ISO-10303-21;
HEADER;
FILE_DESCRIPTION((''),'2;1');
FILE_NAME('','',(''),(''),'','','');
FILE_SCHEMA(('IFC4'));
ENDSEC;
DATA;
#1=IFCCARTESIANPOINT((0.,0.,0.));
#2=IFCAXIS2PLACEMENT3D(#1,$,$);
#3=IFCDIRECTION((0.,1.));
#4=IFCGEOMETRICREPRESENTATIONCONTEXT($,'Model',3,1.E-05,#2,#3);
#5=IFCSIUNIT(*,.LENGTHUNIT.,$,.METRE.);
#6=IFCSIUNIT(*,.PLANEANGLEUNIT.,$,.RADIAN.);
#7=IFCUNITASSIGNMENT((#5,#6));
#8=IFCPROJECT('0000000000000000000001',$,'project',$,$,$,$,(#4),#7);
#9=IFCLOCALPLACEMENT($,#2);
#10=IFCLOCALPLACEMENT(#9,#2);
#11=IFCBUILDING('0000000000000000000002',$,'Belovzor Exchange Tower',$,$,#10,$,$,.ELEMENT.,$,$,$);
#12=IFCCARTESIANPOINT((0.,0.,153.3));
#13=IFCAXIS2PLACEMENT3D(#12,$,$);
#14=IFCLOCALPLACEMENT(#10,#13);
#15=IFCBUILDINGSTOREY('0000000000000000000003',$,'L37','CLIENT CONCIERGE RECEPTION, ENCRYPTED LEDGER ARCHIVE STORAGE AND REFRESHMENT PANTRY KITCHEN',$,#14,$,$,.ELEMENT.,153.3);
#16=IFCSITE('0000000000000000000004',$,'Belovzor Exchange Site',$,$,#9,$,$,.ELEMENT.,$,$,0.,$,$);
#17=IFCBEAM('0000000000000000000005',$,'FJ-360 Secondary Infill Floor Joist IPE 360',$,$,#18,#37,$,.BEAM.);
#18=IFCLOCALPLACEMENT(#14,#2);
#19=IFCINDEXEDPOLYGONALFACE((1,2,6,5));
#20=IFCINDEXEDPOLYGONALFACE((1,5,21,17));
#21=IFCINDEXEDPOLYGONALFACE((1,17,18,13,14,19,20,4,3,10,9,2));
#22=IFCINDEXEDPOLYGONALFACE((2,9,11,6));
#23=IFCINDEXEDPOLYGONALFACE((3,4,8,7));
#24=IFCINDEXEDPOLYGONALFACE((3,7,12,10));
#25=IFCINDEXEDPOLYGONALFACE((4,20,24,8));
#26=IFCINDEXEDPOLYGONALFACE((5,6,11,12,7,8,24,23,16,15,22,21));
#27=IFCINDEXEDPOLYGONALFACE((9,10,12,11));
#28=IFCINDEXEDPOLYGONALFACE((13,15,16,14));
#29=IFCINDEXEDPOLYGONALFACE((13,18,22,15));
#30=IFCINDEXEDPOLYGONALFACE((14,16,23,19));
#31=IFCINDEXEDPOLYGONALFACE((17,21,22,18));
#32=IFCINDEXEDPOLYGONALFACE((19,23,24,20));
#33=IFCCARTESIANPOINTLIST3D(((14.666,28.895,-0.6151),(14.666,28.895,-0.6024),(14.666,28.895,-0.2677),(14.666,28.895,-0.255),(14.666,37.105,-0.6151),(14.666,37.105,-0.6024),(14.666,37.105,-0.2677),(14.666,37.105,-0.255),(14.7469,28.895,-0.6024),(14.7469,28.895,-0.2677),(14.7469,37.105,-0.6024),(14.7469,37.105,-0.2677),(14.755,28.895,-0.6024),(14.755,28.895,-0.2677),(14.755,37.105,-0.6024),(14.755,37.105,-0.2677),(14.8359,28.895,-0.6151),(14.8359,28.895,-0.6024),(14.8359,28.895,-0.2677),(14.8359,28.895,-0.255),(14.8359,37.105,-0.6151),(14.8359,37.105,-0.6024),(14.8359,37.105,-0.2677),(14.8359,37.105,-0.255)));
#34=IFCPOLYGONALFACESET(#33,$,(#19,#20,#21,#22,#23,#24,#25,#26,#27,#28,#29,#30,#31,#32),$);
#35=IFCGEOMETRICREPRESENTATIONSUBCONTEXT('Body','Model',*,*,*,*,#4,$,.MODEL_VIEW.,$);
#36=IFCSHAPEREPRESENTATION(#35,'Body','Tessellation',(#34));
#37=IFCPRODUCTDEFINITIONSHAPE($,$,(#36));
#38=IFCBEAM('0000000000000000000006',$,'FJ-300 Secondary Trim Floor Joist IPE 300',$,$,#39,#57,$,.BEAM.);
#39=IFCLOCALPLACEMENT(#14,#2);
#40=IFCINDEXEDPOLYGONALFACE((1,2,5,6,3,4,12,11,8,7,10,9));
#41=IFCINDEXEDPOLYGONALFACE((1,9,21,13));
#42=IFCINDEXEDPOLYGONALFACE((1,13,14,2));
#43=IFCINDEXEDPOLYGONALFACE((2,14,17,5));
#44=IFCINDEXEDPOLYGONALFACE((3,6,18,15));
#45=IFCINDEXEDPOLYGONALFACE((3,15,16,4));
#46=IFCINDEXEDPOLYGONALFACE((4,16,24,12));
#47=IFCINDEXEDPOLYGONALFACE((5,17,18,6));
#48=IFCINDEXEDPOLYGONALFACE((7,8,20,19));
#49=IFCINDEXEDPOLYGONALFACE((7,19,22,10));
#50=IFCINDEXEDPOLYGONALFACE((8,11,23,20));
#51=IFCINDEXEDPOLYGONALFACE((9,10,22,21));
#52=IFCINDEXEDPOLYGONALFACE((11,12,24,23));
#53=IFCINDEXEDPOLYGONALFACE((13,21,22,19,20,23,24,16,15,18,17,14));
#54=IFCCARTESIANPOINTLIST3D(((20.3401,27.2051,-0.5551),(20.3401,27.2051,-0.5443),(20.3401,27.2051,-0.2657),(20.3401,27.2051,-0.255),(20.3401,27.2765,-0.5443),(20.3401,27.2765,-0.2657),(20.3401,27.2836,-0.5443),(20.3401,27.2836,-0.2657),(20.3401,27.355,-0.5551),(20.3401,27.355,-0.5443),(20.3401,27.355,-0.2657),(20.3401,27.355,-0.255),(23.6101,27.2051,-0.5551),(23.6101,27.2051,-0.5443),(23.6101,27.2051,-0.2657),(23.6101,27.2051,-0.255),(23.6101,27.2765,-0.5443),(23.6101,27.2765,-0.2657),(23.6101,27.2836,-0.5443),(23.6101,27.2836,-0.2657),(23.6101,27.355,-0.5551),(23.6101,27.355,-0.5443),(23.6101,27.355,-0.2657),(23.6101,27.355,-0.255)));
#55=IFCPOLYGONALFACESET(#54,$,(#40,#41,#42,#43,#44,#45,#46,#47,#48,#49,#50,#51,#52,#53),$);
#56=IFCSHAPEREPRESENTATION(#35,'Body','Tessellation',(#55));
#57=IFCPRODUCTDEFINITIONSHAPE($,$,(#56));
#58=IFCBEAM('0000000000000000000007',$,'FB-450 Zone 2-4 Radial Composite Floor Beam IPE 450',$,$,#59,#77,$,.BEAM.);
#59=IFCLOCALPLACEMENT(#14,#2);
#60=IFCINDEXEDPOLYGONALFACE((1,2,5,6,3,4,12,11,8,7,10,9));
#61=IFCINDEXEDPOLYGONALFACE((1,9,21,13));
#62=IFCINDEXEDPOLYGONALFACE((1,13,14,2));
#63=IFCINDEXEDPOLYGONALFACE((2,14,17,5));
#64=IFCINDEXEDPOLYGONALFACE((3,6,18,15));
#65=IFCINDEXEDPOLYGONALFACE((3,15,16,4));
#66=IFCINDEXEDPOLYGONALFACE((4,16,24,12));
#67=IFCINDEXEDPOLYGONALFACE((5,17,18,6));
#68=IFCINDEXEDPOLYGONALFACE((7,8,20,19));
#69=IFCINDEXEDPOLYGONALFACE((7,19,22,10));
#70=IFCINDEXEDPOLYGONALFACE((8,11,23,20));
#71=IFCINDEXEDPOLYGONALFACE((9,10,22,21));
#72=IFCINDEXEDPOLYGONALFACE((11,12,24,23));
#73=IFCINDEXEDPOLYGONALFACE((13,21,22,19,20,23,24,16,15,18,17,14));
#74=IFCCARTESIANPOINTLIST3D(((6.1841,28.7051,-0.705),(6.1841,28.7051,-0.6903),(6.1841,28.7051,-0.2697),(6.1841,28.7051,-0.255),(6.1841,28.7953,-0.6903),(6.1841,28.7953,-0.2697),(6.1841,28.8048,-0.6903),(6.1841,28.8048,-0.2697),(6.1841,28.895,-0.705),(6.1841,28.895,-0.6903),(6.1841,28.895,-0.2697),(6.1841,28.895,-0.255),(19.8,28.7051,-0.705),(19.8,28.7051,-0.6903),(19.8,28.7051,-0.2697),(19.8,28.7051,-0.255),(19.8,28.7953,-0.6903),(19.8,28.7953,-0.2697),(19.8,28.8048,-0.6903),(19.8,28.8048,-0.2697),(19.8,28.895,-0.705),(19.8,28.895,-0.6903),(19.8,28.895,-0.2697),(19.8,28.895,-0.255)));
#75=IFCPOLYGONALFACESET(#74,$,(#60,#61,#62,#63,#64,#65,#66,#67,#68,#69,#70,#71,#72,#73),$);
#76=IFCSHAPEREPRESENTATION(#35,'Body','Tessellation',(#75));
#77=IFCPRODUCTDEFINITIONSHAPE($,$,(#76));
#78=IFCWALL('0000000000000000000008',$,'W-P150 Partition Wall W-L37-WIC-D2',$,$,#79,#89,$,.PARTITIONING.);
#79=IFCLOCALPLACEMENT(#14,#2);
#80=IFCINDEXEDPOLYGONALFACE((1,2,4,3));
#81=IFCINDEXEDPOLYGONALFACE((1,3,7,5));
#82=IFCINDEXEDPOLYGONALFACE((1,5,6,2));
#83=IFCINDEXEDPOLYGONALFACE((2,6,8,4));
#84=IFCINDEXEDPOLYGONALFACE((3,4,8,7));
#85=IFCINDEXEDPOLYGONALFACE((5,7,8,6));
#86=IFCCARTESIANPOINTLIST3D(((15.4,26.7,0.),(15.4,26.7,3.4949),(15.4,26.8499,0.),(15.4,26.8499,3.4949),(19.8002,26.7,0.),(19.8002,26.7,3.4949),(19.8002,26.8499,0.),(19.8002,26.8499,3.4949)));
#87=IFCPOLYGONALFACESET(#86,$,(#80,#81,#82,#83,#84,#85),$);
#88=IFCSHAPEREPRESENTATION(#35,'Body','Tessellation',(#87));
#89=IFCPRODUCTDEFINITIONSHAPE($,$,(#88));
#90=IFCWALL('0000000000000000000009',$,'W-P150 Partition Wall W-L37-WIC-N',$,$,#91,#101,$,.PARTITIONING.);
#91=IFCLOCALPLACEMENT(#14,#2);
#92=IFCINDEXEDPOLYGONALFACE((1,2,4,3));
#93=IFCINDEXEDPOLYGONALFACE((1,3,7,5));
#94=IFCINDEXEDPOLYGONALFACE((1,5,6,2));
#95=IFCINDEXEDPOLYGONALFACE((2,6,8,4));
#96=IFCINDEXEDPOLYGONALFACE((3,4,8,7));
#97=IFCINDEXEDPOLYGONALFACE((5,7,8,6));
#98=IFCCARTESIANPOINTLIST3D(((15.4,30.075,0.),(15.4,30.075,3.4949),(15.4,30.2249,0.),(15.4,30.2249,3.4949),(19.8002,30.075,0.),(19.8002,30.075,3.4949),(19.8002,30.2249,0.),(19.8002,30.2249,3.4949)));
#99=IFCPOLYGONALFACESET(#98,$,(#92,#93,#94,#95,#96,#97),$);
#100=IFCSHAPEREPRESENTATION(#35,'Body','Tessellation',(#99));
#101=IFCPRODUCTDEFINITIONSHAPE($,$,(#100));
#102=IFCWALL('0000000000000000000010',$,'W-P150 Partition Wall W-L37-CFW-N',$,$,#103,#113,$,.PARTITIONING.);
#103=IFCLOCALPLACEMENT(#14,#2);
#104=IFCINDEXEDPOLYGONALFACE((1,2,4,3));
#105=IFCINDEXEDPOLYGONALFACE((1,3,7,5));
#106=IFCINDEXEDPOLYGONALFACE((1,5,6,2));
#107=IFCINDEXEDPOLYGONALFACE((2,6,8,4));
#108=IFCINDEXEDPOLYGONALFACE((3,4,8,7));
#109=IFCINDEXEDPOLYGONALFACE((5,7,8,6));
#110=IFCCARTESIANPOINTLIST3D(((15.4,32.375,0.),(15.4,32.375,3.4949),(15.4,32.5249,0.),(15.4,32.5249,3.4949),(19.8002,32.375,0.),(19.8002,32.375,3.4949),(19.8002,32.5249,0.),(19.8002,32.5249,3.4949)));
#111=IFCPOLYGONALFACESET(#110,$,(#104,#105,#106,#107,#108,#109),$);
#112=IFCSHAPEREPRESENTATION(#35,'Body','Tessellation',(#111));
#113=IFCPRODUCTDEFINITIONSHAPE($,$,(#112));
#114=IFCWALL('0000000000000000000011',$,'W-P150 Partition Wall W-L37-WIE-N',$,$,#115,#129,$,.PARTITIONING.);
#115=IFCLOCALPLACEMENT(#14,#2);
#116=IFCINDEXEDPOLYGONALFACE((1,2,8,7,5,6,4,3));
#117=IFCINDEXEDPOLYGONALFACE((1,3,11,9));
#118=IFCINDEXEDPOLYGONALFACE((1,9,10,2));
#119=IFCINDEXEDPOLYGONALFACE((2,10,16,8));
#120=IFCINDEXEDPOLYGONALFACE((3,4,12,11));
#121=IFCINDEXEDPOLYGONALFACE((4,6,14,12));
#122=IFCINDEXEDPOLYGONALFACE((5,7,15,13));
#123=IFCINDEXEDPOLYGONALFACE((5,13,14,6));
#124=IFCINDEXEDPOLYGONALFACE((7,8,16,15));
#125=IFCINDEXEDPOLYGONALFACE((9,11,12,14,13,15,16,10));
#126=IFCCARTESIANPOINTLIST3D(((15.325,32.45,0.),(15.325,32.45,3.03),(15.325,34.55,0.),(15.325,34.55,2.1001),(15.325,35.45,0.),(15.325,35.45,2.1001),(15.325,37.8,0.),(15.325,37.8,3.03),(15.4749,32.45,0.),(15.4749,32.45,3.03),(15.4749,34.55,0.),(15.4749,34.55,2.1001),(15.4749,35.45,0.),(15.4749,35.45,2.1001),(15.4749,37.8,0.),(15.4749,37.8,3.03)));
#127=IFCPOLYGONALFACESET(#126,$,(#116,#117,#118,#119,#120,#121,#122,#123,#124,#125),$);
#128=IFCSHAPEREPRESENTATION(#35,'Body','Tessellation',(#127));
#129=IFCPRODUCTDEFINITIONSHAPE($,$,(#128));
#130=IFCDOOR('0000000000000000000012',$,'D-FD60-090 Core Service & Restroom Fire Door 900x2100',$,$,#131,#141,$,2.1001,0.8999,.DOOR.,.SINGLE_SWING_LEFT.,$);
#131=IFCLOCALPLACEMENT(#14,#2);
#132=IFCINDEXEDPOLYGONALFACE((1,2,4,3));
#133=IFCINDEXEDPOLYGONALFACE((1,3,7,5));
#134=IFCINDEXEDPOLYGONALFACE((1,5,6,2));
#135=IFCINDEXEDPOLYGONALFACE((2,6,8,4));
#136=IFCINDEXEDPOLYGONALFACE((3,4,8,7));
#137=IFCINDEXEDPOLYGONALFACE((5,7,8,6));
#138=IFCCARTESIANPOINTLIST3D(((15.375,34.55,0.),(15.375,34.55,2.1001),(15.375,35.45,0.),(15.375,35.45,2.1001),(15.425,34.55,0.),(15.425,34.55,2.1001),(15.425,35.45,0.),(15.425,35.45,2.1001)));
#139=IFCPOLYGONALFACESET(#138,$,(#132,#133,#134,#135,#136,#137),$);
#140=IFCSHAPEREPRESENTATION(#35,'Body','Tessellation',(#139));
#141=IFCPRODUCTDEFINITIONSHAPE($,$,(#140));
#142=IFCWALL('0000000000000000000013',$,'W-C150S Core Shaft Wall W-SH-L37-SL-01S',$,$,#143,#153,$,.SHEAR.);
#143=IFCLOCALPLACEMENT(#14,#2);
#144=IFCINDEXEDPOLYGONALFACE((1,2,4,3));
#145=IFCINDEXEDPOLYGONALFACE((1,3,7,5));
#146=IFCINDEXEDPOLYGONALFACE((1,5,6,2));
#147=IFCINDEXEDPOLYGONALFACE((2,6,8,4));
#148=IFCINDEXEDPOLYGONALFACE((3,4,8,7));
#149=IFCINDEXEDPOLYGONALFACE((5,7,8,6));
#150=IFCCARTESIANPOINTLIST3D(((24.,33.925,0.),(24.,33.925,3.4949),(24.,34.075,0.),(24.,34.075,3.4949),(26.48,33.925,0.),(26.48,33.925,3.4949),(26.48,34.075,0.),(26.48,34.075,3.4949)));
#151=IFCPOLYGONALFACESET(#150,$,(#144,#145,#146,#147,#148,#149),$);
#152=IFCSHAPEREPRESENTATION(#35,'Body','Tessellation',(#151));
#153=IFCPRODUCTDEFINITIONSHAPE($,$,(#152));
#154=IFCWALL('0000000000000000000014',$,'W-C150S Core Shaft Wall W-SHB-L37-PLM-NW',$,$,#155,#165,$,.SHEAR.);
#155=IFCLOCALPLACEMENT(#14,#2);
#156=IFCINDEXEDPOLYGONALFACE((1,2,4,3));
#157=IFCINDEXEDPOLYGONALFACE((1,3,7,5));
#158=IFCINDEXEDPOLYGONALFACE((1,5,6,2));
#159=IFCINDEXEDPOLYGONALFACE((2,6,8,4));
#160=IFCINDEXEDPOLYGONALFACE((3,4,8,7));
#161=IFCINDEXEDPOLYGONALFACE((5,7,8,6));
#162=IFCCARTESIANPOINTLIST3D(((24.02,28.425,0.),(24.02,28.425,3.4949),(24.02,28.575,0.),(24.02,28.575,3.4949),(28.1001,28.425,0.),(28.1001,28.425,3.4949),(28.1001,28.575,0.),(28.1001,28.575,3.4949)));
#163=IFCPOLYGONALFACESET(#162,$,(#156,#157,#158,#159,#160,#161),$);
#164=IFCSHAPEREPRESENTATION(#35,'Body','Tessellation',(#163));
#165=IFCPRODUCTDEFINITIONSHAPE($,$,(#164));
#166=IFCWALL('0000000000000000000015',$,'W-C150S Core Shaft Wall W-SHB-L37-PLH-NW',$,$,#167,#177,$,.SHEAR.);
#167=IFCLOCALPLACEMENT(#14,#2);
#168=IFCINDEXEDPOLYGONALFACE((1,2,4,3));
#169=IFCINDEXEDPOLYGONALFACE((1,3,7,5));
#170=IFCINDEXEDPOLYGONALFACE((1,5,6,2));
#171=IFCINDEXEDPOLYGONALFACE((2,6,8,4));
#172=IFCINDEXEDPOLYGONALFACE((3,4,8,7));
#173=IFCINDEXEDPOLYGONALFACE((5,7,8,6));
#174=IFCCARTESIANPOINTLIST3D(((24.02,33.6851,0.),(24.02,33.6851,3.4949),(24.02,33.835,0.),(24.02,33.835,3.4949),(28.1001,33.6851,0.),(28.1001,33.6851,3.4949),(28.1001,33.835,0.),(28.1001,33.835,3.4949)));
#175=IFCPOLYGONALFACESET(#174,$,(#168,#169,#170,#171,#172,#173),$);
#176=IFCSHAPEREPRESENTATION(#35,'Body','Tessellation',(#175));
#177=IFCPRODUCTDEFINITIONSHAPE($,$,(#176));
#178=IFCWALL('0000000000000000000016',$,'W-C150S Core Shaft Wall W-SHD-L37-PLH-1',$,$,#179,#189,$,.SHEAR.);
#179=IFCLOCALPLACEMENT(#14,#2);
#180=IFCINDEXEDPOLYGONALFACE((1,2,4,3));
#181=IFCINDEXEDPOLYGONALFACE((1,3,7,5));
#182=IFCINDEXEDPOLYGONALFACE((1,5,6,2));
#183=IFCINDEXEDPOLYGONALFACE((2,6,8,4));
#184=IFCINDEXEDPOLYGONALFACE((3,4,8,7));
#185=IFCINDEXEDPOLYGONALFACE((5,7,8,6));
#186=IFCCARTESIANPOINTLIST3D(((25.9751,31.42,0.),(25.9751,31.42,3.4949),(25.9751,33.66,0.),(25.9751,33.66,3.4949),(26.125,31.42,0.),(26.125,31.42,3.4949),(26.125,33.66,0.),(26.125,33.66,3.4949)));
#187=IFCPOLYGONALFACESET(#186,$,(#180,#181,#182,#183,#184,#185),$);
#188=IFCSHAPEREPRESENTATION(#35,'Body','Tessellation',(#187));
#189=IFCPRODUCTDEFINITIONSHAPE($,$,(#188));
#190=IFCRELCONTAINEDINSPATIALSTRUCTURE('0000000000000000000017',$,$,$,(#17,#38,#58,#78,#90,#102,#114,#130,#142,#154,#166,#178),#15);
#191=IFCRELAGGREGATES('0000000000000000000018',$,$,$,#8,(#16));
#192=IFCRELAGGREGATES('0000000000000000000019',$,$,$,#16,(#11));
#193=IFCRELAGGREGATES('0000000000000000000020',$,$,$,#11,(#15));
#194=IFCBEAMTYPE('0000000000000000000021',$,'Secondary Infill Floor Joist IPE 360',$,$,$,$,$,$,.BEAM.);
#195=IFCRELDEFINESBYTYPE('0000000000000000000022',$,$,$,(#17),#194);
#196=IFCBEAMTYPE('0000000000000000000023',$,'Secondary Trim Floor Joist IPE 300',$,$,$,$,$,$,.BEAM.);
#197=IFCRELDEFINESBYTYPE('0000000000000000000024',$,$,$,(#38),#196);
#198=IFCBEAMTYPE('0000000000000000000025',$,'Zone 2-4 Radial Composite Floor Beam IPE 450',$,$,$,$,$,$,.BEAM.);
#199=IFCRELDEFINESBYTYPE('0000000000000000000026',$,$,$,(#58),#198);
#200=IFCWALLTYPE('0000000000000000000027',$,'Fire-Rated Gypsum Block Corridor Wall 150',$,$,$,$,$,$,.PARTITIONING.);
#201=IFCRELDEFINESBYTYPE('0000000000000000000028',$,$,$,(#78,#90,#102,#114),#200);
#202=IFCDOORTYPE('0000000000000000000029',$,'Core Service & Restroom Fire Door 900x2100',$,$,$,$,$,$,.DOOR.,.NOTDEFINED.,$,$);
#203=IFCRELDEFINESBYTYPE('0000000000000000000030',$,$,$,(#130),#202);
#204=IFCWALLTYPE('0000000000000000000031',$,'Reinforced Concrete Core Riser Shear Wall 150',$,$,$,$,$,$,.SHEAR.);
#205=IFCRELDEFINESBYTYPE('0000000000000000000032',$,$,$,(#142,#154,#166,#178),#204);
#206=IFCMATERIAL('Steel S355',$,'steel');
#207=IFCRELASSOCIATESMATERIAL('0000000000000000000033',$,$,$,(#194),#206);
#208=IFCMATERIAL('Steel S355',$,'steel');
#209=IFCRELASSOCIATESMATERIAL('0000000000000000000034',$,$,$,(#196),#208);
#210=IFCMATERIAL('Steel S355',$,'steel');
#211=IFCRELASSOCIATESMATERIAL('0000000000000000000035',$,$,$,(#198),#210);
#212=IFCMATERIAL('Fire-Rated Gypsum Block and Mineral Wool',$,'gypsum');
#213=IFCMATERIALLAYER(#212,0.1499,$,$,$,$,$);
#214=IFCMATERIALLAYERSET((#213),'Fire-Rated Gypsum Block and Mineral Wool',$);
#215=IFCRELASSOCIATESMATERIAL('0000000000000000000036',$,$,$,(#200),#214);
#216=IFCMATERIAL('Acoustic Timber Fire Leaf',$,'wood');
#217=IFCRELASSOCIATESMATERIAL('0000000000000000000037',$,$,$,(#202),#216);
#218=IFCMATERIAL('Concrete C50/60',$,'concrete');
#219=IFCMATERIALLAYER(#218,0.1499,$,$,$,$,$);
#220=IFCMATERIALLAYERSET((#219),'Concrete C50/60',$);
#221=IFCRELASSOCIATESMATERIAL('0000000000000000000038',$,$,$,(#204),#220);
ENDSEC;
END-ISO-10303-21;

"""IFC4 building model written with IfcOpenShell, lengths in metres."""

from ifc_helpers import new_model, si_unit, direction, frame, frame_2d, origin, origin_2d, place, context, subcontext, project, spatial, rectangle, i_section, extrude, material, layer, layer_set, material_profile, profile_set, type_object, element, fill, save


model = new_model("IFC4")

# Units and contexts
model_context = context("Model", 3, precision=1e-05, world=origin(), true_north=direction((0.0, 1.0)))
body_context = subcontext(model_context, "Body", "Model", "MODEL_VIEW")
ifc_project = project(units=[si_unit("LENGTHUNIT", "METRE"), si_unit("PLANEANGLEUNIT", "RADIAN")], contexts=[model_context])

# Site, building, storey
site_placement = place(None, origin())
site = spatial("IfcSite", under=ifc_project, at=site_placement, Name="Belovzor Exchange Site", CompositionType="ELEMENT", RefElevation=0.0)
building_placement = place(site_placement, origin())
building = spatial("IfcBuilding", under=site, at=building_placement, Name="Belovzor Exchange Tower", CompositionType="ELEMENT")
storey_placement = place(building_placement, frame((0.0, 0.0, 153.3)))
storey = spatial("IfcBuildingStorey", under=building, at=storey_placement, Name="L37", Description="CLIENT CONCIERGE RECEPTION, ENCRYPTED LEDGER ARCHIVE STORAGE AND REFRESHMENT PANTRY KITCHEN", CompositionType="ELEMENT", Elevation=153.3)

# Beams
ifc_material_1 = material(Name="Steel S355", Category="steel")
ifc_material_profile_1 = material_profile(ifc_material_1, i_section(OverallWidth=0.1699, OverallDepth=0.3601, WebThickness=0.0081, FlangeThickness=0.0127, at=origin_2d()))
ifc_profile_set_1 = profile_set([ifc_material_profile_1], Name="Steel S355")
beam_type_1 = type_object("IfcBeamType", Name="Secondary Infill Floor Joist IPE 360", PredefinedType="BEAM", material=ifc_profile_set_1)
beam_1_placement = place(storey_placement, frame((14.751, 28.895, -0.4351), z_axis=(0.0, 1.0, 0.0), x_axis=(-1.0, 0.0, 0.0)))
element("IfcBeam", 1, at=beam_1_placement, inside=storey, type_object=beam_type_1, Name="FJ-360 Secondary Infill Floor Joist IPE 360", PredefinedType="BEAM", context=body_context, shape_type="SweptSolid", body=[
    extrude(i_section(OverallWidth=0.1699, OverallDepth=0.3601, WebThickness=0.0081, FlangeThickness=0.0127, at=origin_2d()), origin(), (0.0, 0.0, 1.0), 8.21),
])
ifc_material_2 = material(Name="Steel S355", Category="steel")
ifc_material_profile_2 = material_profile(ifc_material_2, i_section(OverallWidth=0.1499, OverallDepth=0.3, WebThickness=0.0071, FlangeThickness=0.0107, at=origin_2d()))
ifc_profile_set_2 = profile_set([ifc_material_profile_2], Name="Steel S355")
beam_type_2 = type_object("IfcBeamType", Name="Secondary Trim Floor Joist IPE 300", PredefinedType="BEAM", material=ifc_profile_set_2)
beam_2_placement = place(storey_placement, frame((20.3401, 27.28, -0.405), z_axis=(1.0, 0.0, 0.0), x_axis=(0.0, 1.0, 0.0)))
element("IfcBeam", 2, at=beam_2_placement, inside=storey, type_object=beam_type_2, Name="FJ-300 Secondary Trim Floor Joist IPE 300", PredefinedType="BEAM", context=body_context, shape_type="SweptSolid", body=[
    extrude(i_section(OverallWidth=0.1499, OverallDepth=0.3, WebThickness=0.0071, FlangeThickness=0.0107, at=origin_2d()), origin(), (0.0, 0.0, 1.0), 3.27),
])
ifc_material_3 = material(Name="Steel S355", Category="steel")
ifc_material_profile_3 = material_profile(ifc_material_3, i_section(OverallWidth=0.1899, OverallDepth=0.45, WebThickness=0.0095, FlangeThickness=0.0146, at=origin_2d()))
ifc_profile_set_3 = profile_set([ifc_material_profile_3], Name="Steel S355")
beam_type_3 = type_object("IfcBeamType", Name="Zone 2-4 Radial Composite Floor Beam IPE 450", PredefinedType="BEAM", material=ifc_profile_set_3)
beam_3_placement = place(storey_placement, frame((19.8, 28.8, -0.48), z_axis=(-1.0, 0.0, 0.0), x_axis=(0.0, -1.0, 0.0)))
element("IfcBeam", 3, at=beam_3_placement, inside=storey, type_object=beam_type_3, Name="FB-450 Zone 2-4 Radial Composite Floor Beam IPE 450", PredefinedType="BEAM", context=body_context, shape_type="SweptSolid", body=[
    extrude(i_section(OverallWidth=0.1899, OverallDepth=0.45, WebThickness=0.0095, FlangeThickness=0.0146, at=origin_2d()), origin(), (0.0, 0.0, 1.0), 13.616),
])

# Walls
ifc_material_4 = material(Name="Fire-Rated Gypsum Block and Mineral Wool", Category="gypsum")
ifc_layer_1 = layer(ifc_material_4, 0.1499)
ifc_layer_set_1 = layer_set([ifc_layer_1], Name="Fire-Rated Gypsum Block and Mineral Wool")
wall_type_1 = type_object("IfcWallType", Name="Fire-Rated Gypsum Block Corridor Wall 150", PredefinedType="PARTITIONING", material=ifc_layer_set_1)
for number, where, z_axis, x_axis, name in (
    (4, (15.3999, 26.7749, 0.0), (0.0, 0.0, 1.0), (1.0, 0.0, 0.0), "W-P150 Partition Wall W-L37-WIC-D2"),
    (5, (15.3999, 30.1499, 0.0), (0.0, 0.0, 1.0), (1.0, 0.0, 0.0), "W-P150 Partition Wall W-L37-WIC-N"),
    (6, (15.3999, 32.45, 0.0), (0.0, 0.0, 1.0), (1.0, 0.0, 0.0), "W-P150 Partition Wall W-L37-CFW-N"),
):
    element("IfcWall", number, at=place(storey_placement, frame(where, z_axis=z_axis, x_axis=x_axis)), inside=storey, type_object=wall_type_1, Name=name, PredefinedType="PARTITIONING", context=body_context, shape_type="SweptSolid", body=[
        extrude(rectangle(XDim=4.4001, YDim=0.1499, at=frame_2d((2.2002, 0.0))), origin(), (0.0, 0.0, 1.0), 3.4949),
    ])

# Wall, opening, door
wall_1_placement = place(storey_placement, frame((15.3999, 32.45, 0.0), z_axis=(0.0, 0.0, 1.0), x_axis=(0.0, 1.0, 0.0)))
wall_1 = element("IfcWall", 7, at=wall_1_placement, inside=storey, type_object=wall_type_1, Name="W-P150 Partition Wall W-L37-WIE-N", PredefinedType="PARTITIONING", context=body_context, shape_type="SweptSolid", body=[
    extrude(rectangle(XDim=5.3501, YDim=0.1499, at=frame_2d((2.675, 0.0))), origin(), (0.0, 0.0, 1.0), 3.03),
])
opening_1_placement = place(wall_1_placement, frame((2.1001, 0.0, 0.0)))
opening_1 = element("IfcOpeningElement", 8, at=opening_1_placement, cuts=wall_1, PredefinedType="OPENING", context=body_context, shape_type="SweptSolid", body=[
    extrude(rectangle(XDim=0.8999, YDim=2.1001, at=frame_2d((0.45, 1.05))), frame((0.0, 0.085, 0.0), z_axis=(0.0, -1.0, 0.0), x_axis=(1.0, 0.0, 0.0)), (0.0, 0.0, 1.0), 0.1699),
])
ifc_material_5 = material(Name="Acoustic Timber Fire Leaf", Category="wood")
door_type_1 = type_object("IfcDoorType", Name="Core Service & Restroom Fire Door 900x2100", OperationType="NOTDEFINED", PredefinedType="DOOR", material=ifc_material_5)
door_1_placement = place(opening_1_placement, origin())
door_1 = element("IfcDoor", 9, at=door_1_placement, inside=storey, type_object=door_type_1, Name="D-FD60-090 Core Service & Restroom Fire Door 900x2100", OperationType="SINGLE_SWING_LEFT", OverallHeight=2.1001, OverallWidth=0.8999, PredefinedType="DOOR", context=body_context, shape_type="SweptSolid", body=[
    extrude(rectangle(XDim=0.8999, YDim=2.1001, at=frame_2d((0.45, 1.05))), frame((0.0, 0.0249, 0.0), z_axis=(0.0, -1.0, 0.0), x_axis=(1.0, 0.0, 0.0)), (0.0, 0.0, 1.0), 0.05),
])
fill(opening_1, door_1)

# Walls
ifc_material_6 = material(Name="Concrete C50/60", Category="concrete")
ifc_layer_2 = layer(ifc_material_6, 0.1499)
ifc_layer_set_2 = layer_set([ifc_layer_2], Name="Concrete C50/60")
wall_type_2 = type_object("IfcWallType", Name="Reinforced Concrete Core Riser Shear Wall 150", PredefinedType="SHEAR", material=ifc_layer_set_2)
wall_2_placement = place(storey_placement, frame((24.0, 34.0, 0.0), z_axis=(0.0, 0.0, 1.0), x_axis=(1.0, 0.0, 0.0)))
element("IfcWall", 10, at=wall_2_placement, inside=storey, type_object=wall_type_2, Name="W-C150S Core Shaft Wall W-SH-L37-SL-01S", PredefinedType="SHEAR", context=body_context, shape_type="SweptSolid", body=[
    extrude(rectangle(XDim=2.48, YDim=0.1499, at=frame_2d((1.24, 0.0))), origin(), (0.0, 0.0, 1.0), 3.4949),
])
for number, where, z_axis, x_axis, name in (
    (11, (24.02, 28.5, 0.0), (0.0, 0.0, 1.0), (1.0, 0.0, 0.0), "W-C150S Core Shaft Wall W-SHB-L37-PLM-NW"),
    (12, (24.02, 33.76, 0.0), (0.0, 0.0, 1.0), (1.0, 0.0, 0.0), "W-C150S Core Shaft Wall W-SHB-L37-PLH-NW"),
):
    element("IfcWall", number, at=place(storey_placement, frame(where, z_axis=z_axis, x_axis=x_axis)), inside=storey, type_object=wall_type_2, Name=name, PredefinedType="SHEAR", context=body_context, shape_type="SweptSolid", body=[
        extrude(rectangle(XDim=4.0801, YDim=0.1499, at=frame_2d((2.04, 0.0))), origin(), (0.0, 0.0, 1.0), 3.4949),
    ])
wall_3_placement = place(storey_placement, frame((26.05, 31.4199, 0.0), z_axis=(0.0, 0.0, 1.0), x_axis=(0.0, 1.0, 0.0)))
element("IfcWall", 13, at=wall_3_placement, inside=storey, type_object=wall_type_2, Name="W-C150S Core Shaft Wall W-SHD-L37-PLH-1", PredefinedType="SHEAR", context=body_context, shape_type="SweptSolid", body=[
    extrude(rectangle(XDim=2.24, YDim=0.1499, at=frame_2d((1.1201, 0.0))), origin(), (0.0, 0.0, 1.0), 3.4949),
])

save(model, "model.ifc")
